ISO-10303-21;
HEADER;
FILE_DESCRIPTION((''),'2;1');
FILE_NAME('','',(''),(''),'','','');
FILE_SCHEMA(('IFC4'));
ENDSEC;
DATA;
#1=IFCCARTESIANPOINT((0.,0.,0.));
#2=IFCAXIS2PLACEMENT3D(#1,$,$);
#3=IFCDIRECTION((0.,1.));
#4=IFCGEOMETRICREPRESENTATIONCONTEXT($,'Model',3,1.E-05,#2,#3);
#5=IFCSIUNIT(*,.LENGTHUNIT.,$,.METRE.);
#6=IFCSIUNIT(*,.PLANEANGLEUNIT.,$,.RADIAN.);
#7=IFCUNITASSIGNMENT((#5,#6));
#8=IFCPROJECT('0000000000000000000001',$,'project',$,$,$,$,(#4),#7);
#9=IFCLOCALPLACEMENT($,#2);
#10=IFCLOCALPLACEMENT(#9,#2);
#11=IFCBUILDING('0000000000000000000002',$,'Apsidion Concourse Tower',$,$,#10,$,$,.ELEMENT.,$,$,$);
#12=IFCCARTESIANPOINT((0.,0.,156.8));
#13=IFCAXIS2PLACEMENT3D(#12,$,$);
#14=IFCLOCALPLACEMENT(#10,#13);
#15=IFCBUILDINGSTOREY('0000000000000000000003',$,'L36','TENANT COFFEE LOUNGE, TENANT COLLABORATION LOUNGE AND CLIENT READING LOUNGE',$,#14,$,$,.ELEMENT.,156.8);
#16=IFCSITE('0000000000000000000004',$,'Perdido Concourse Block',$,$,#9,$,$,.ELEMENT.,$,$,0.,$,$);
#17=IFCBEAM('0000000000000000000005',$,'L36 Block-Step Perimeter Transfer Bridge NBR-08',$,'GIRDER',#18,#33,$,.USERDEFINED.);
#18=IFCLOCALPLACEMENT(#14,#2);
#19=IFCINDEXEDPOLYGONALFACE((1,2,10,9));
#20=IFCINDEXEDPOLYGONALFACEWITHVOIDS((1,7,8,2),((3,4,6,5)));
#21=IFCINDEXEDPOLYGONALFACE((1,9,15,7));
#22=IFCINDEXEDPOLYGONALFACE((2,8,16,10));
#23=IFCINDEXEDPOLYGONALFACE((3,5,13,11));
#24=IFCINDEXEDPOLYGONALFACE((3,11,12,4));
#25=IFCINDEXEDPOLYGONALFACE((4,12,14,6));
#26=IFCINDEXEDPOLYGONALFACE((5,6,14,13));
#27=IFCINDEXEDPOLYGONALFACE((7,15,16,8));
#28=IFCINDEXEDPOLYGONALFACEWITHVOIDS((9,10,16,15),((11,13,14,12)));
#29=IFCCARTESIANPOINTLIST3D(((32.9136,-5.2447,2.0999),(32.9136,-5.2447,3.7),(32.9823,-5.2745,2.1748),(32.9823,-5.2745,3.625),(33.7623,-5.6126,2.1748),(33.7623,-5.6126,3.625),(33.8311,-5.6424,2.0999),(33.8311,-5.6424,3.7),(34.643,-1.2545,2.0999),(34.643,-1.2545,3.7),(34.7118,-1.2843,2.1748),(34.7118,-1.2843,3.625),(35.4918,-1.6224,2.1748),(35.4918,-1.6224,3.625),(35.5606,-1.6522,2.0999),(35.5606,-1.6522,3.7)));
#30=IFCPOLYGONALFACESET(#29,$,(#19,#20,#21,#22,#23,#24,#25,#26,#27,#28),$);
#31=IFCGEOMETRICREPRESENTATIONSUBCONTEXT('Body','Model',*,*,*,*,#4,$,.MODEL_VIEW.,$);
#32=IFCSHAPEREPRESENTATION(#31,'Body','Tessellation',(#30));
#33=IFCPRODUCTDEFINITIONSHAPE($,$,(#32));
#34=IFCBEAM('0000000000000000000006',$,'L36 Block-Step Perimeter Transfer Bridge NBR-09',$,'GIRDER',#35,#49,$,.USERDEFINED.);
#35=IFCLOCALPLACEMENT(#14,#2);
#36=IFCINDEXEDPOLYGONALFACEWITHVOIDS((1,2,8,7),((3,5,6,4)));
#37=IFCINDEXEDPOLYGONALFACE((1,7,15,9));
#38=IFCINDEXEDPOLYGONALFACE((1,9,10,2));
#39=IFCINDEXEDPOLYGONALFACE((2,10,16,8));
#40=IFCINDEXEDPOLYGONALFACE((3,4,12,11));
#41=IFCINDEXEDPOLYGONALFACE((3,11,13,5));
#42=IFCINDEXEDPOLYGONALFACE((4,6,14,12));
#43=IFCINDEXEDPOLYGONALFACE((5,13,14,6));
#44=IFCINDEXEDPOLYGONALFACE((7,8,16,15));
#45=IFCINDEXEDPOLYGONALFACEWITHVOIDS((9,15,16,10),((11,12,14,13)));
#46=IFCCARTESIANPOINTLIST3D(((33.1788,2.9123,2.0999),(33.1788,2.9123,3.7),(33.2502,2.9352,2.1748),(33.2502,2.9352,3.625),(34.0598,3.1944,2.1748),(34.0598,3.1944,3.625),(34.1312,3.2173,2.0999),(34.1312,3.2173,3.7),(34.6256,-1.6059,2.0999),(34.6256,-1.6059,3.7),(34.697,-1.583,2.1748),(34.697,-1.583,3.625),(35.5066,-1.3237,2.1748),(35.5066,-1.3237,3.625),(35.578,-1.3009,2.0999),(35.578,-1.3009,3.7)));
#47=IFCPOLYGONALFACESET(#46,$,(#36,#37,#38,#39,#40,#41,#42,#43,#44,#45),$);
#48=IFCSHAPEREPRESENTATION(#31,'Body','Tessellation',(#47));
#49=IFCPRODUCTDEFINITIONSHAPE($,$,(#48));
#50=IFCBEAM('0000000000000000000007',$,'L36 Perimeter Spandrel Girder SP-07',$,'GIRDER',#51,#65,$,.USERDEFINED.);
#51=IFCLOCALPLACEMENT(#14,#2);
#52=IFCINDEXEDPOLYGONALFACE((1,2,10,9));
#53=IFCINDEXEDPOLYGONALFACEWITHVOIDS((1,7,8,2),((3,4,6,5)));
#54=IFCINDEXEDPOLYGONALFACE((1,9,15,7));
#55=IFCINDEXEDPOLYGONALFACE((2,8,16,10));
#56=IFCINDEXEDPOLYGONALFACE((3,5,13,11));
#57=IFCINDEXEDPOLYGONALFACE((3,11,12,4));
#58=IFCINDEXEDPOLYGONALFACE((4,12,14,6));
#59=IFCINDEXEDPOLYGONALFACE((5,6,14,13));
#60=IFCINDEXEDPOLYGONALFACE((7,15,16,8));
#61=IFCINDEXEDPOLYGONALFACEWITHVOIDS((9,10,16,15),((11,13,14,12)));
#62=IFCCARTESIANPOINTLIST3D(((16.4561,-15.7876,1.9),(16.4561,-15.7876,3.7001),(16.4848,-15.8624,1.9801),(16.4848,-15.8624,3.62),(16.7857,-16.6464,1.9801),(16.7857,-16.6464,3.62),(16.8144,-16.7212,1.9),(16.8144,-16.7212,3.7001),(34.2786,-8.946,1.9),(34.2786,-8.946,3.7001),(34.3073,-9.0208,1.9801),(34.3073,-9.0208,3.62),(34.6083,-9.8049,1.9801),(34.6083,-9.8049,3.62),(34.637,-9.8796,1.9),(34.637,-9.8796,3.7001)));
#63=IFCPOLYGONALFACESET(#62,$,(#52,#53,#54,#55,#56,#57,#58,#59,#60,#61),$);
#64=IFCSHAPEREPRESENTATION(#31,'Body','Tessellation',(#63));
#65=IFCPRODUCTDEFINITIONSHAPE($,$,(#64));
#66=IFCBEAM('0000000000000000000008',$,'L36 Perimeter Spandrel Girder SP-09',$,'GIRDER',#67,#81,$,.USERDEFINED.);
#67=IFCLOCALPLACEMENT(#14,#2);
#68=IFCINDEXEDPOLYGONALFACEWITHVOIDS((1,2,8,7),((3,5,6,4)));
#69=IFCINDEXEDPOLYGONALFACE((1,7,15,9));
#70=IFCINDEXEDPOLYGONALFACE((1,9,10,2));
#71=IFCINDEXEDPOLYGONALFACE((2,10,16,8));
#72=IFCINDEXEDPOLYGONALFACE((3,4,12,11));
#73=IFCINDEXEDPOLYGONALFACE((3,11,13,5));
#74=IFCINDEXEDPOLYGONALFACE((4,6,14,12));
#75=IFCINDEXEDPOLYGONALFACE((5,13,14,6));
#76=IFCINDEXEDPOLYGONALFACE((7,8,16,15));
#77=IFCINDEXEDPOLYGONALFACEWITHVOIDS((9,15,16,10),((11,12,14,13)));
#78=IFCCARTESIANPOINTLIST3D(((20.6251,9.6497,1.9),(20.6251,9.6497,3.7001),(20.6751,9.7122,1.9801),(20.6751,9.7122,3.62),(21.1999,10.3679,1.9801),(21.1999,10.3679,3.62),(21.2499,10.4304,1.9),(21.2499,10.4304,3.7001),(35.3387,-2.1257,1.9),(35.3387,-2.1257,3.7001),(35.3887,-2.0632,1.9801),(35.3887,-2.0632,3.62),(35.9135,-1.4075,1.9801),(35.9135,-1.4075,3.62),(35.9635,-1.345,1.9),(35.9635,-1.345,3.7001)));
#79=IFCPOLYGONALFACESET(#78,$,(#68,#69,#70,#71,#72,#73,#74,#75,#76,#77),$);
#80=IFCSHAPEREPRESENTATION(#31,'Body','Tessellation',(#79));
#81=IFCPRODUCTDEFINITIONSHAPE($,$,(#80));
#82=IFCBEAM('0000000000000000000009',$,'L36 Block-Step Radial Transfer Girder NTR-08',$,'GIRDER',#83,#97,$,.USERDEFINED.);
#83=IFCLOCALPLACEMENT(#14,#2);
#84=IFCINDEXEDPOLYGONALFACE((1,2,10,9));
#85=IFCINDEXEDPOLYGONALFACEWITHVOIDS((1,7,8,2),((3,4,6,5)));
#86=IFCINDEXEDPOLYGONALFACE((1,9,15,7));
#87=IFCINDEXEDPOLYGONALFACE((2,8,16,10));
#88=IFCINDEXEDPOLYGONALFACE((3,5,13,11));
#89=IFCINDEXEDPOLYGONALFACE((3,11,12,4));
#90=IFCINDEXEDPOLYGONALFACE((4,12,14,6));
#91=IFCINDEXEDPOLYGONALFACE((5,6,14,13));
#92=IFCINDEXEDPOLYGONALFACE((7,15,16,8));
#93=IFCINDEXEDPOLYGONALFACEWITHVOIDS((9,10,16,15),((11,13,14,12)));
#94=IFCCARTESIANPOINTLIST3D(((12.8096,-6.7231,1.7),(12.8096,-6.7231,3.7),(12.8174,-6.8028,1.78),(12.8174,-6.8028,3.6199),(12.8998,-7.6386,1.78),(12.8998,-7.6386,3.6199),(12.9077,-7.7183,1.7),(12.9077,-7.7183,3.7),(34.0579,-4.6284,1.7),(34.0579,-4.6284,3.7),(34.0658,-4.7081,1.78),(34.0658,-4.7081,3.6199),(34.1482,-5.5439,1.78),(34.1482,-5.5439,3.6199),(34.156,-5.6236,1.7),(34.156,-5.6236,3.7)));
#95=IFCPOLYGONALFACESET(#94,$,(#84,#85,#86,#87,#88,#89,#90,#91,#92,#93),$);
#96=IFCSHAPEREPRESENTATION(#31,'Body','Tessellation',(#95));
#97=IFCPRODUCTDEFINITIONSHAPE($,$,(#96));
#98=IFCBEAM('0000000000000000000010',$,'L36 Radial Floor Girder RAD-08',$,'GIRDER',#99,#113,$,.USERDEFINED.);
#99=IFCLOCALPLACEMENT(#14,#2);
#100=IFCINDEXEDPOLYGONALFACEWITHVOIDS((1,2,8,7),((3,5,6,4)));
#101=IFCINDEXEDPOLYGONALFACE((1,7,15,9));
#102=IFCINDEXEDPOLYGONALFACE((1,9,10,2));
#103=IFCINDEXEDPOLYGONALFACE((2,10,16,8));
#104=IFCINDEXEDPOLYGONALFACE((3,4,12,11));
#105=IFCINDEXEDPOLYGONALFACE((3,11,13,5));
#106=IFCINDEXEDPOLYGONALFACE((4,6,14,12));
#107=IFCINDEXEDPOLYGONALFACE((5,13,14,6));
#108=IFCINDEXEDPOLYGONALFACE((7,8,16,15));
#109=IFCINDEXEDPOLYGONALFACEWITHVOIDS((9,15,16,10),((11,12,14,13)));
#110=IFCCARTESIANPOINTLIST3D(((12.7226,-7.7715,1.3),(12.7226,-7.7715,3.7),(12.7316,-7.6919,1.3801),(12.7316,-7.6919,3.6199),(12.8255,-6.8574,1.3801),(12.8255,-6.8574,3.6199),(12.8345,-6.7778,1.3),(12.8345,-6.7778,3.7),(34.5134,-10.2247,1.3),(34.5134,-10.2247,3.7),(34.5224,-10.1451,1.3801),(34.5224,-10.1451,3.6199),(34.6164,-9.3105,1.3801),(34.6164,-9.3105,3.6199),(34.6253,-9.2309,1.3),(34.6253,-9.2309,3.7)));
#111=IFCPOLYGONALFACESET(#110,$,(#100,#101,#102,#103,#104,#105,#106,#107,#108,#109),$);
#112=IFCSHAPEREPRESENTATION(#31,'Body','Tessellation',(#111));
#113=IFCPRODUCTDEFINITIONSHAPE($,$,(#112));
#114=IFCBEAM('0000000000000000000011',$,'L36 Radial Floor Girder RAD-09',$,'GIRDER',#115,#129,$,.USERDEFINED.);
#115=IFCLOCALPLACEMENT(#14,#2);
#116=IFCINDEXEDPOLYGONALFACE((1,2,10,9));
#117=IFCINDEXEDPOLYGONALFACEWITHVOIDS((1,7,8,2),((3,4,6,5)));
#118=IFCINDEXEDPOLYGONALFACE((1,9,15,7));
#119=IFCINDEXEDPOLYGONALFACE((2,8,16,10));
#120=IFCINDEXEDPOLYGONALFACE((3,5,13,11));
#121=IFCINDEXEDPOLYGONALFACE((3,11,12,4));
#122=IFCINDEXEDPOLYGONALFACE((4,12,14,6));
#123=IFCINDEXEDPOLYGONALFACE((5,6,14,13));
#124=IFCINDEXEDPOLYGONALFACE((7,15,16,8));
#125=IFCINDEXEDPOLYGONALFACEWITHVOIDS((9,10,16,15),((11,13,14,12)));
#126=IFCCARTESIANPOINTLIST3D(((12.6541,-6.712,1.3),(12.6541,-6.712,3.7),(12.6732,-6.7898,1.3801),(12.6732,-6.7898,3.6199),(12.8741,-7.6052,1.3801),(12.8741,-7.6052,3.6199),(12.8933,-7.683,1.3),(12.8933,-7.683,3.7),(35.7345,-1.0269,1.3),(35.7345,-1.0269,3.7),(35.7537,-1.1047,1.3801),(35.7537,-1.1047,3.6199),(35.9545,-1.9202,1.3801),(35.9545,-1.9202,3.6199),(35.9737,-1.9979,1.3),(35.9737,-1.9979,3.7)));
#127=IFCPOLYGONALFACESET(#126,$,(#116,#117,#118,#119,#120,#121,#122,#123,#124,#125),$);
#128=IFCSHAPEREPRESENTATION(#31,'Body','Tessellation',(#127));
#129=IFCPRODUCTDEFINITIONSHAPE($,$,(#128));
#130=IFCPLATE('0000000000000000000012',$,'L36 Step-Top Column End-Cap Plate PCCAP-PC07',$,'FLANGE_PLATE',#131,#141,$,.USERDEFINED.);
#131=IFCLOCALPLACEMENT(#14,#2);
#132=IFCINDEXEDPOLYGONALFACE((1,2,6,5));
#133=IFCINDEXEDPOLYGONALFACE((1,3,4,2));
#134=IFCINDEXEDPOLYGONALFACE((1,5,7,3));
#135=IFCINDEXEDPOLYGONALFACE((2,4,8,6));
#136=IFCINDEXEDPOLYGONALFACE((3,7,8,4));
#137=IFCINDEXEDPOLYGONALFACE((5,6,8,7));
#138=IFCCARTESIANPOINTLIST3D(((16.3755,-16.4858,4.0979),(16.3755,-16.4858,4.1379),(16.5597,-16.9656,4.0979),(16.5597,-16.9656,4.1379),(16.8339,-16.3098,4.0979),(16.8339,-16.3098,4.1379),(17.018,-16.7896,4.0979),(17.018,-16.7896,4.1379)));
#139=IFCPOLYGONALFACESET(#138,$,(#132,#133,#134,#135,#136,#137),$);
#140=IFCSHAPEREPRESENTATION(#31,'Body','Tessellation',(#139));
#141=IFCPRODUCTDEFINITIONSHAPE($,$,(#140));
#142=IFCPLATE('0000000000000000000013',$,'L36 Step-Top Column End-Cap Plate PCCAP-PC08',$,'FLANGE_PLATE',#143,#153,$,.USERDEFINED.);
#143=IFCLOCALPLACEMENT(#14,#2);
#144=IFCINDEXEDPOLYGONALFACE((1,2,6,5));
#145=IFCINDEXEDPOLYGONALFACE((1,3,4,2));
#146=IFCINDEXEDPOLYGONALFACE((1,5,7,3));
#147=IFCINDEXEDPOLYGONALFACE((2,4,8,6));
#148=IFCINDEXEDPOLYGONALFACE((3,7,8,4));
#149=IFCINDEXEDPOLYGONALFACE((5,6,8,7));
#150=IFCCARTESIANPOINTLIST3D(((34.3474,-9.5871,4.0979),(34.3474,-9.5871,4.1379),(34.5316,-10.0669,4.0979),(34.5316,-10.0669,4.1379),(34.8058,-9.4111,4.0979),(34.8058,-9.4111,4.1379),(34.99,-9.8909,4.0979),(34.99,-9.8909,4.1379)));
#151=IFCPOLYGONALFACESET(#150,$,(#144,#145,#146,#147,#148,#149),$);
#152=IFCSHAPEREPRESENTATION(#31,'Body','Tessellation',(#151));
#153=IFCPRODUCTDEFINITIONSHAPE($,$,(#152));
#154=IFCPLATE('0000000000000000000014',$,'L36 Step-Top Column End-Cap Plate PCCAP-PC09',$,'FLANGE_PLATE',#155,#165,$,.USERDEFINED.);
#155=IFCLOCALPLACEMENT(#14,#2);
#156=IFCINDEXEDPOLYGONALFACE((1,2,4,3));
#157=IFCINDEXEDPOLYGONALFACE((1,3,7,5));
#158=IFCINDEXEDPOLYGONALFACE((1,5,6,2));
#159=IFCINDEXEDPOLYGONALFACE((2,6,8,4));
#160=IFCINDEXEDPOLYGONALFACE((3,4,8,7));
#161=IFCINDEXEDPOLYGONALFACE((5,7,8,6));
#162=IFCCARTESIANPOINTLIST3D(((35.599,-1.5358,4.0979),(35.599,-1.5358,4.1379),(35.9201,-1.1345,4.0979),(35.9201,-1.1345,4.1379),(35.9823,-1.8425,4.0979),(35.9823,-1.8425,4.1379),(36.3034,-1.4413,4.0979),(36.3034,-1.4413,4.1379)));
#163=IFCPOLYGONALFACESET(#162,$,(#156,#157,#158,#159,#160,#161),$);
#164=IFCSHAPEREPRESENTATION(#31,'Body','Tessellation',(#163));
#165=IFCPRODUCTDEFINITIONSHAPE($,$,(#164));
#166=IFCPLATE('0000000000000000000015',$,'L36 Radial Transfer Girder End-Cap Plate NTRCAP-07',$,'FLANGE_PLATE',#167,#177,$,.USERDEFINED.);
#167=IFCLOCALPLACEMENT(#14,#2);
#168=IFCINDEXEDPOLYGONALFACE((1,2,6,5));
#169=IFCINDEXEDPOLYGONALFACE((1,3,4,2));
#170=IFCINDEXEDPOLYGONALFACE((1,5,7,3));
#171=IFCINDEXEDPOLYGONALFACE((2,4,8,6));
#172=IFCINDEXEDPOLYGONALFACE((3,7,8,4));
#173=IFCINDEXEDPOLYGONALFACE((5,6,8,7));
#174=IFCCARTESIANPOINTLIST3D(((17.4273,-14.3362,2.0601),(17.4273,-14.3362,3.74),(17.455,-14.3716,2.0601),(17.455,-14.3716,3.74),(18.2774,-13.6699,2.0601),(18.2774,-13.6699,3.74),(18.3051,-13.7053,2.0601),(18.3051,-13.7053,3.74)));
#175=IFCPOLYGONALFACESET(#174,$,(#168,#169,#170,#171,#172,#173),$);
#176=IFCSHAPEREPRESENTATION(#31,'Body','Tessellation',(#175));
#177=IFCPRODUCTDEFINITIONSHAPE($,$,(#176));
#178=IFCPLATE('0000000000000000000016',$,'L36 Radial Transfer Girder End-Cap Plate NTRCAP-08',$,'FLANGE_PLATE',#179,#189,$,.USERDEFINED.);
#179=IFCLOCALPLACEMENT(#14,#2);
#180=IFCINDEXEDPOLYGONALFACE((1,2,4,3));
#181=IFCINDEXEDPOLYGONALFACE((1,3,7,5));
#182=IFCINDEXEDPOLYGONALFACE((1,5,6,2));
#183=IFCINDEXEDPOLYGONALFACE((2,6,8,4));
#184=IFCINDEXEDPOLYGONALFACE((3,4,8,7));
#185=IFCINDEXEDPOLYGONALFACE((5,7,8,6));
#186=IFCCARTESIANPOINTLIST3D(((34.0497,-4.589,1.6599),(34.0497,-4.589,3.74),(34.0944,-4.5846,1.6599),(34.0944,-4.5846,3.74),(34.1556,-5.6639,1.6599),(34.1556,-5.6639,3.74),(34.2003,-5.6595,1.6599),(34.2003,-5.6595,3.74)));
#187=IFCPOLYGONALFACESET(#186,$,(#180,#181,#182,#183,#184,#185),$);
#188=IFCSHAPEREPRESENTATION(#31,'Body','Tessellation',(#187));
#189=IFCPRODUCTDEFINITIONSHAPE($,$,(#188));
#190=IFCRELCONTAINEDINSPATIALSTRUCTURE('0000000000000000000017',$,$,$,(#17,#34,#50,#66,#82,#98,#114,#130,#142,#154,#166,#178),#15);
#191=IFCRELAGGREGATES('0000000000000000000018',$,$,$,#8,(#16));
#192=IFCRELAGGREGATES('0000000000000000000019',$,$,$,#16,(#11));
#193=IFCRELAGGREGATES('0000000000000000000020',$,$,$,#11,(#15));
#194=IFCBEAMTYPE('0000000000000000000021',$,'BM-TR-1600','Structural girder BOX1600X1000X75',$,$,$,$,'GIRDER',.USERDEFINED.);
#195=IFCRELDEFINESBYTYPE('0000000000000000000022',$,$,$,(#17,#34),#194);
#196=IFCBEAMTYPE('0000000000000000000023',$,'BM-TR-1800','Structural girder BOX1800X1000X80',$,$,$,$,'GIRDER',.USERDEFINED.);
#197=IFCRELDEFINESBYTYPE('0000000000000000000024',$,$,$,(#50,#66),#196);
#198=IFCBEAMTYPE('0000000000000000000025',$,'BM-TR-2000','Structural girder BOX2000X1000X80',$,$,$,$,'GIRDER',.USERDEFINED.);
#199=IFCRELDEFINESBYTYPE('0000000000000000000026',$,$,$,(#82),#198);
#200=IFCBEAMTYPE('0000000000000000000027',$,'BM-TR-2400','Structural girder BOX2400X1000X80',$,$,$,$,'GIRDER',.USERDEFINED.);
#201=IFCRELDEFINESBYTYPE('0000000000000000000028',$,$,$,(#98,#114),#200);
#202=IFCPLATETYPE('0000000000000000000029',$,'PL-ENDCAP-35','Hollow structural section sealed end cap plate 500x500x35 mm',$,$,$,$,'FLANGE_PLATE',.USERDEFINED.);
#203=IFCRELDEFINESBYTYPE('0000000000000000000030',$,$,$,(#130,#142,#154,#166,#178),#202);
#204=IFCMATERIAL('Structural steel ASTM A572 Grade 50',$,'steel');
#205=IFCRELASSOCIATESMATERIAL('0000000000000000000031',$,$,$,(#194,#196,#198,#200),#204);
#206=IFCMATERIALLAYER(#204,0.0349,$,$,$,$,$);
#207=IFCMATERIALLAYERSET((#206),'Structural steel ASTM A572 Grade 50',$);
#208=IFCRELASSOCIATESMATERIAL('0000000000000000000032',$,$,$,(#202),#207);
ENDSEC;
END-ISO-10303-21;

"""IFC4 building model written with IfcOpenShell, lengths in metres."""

from ifc_helpers import new_model, si_unit, direction, frame, origin, origin_2d, place, context, subcontext, project, spatial, rectangle, hollow_rectangle, extrude, material, layer, layer_set, material_profile, profile_set, type_object, element, save


model = new_model("IFC4")

# Units and contexts
model_context = context("Model", 3, precision=1e-05, world=origin(), true_north=direction((0.0, 1.0)))
body_context = subcontext(model_context, "Body", "Model", "MODEL_VIEW")
ifc_project = project(units=[si_unit("LENGTHUNIT", "METRE"), si_unit("PLANEANGLEUNIT", "RADIAN")], contexts=[model_context])

# Site, building, storey
site_placement = place(None, origin())
site = spatial("IfcSite", under=ifc_project, at=site_placement, Name="Perdido Concourse Block", CompositionType="ELEMENT", RefElevation=0.0)
building_placement = place(site_placement, origin())
building = spatial("IfcBuilding", under=site, at=building_placement, Name="Apsidion Concourse Tower", CompositionType="ELEMENT")
storey_placement = place(building_placement, frame((0.0, 0.0, 156.8)))
storey = spatial("IfcBuildingStorey", under=building, at=storey_placement, Name="L36", Description="TENANT COFFEE LOUNGE, TENANT COLLABORATION LOUNGE AND CLIENT READING LOUNGE", CompositionType="ELEMENT", Elevation=156.8)

# Beams
ifc_material_1 = material(Name="Structural steel ASTM A572 Grade 50", Category="steel")
ifc_material_profile_1 = material_profile(ifc_material_1, hollow_rectangle(XDim=1.0, YDim=1.6001, WallThickness=0.075, at=origin_2d()), Name="BOX1600X1000X75")
ifc_profile_set_1 = profile_set([ifc_material_profile_1], Name="Structural steel ASTM A572 Grade 50")
beam_type_1 = type_object("IfcBeamType", Name="BM-TR-1600", Description="Structural girder BOX1600X1000X75", ElementType="GIRDER", PredefinedType="USERDEFINED", material=ifc_profile_set_1)
beam_1_placement = place(storey_placement, frame((35.1018, -1.4534, 2.8999), z_axis=(-0.397683, -0.917523, 0.0), x_axis=(0.917523, -0.397683, 0.0)))
element("IfcBeam", 1, at=beam_1_placement, inside=storey, type_object=beam_type_1, Name="L36 Block-Step Perimeter Transfer Bridge NBR-08", ObjectType="GIRDER", PredefinedType="USERDEFINED", context=body_context, shape_type="SweptSolid", body=[
    extrude(hollow_rectangle(XDim=1.0, YDim=1.6001, WallThickness=0.075, at=origin_2d()), origin(), (0.0, 0.0, 1.0), 4.3489),
])
beam_2_placement = place(storey_placement, frame((35.1018, -1.4534, 2.8999), z_axis=(-0.304966, 0.952363, 0.0), x_axis=(-0.952363, -0.304966, 0.0)))
element("IfcBeam", 2, at=beam_2_placement, inside=storey, type_object=beam_type_1, Name="L36 Block-Step Perimeter Transfer Bridge NBR-09", ObjectType="GIRDER", PredefinedType="USERDEFINED", context=body_context, shape_type="SweptSolid", body=[
    extrude(hollow_rectangle(XDim=1.0, YDim=1.6001, WallThickness=0.075, at=origin_2d()), origin(), (0.0, 0.0, 1.0), 4.7441),
])
ifc_material_profile_2 = material_profile(ifc_material_1, hollow_rectangle(XDim=1.0, YDim=1.8, WallThickness=0.0801, at=origin_2d()), Name="BOX1800X1000X80")
ifc_profile_set_2 = profile_set([ifc_material_profile_2], Name="Structural steel ASTM A572 Grade 50")
beam_type_2 = type_object("IfcBeamType", Name="BM-TR-1800", Description="Structural girder BOX1800X1000X80", ElementType="GIRDER", PredefinedType="USERDEFINED", material=ifc_profile_set_2)
beam_3_placement = place(storey_placement, frame((16.6353, -16.2544, 2.8), z_axis=(0.933578, 0.358374, 0.0), x_axis=(-0.358374, 0.933578, 0.0)))
element("IfcBeam", 3, at=beam_3_placement, inside=storey, type_object=beam_type_2, Name="L36 Perimeter Spandrel Girder SP-07", ObjectType="GIRDER", PredefinedType="USERDEFINED", context=body_context, shape_type="SweptSolid", body=[
    extrude(hollow_rectangle(XDim=1.0, YDim=1.8, WallThickness=0.0801, at=origin_2d()), origin(), (0.0, 0.0, 1.0), 19.0906),
])
beam_4_placement = place(storey_placement, frame((35.6511, -1.7354, 2.8), z_axis=(-0.780753, 0.62484, 0.0), x_axis=(-0.62484, -0.780753, 0.0)))
element("IfcBeam", 4, at=beam_4_placement, inside=storey, type_object=beam_type_2, Name="L36 Perimeter Spandrel Girder SP-09", ObjectType="GIRDER", PredefinedType="USERDEFINED", context=body_context, shape_type="SweptSolid", body=[
    extrude(hollow_rectangle(XDim=1.0, YDim=1.8, WallThickness=0.0801, at=origin_2d()), origin(), (0.0, 0.0, 1.0), 18.8455),
])
ifc_material_profile_3 = material_profile(ifc_material_1, hollow_rectangle(XDim=1.0, YDim=2.0, WallThickness=0.0801, at=origin_2d()), Name="BOX2000X1000X80")
ifc_profile_set_3 = profile_set([ifc_material_profile_3], Name="Structural steel ASTM A572 Grade 50")
beam_type_3 = type_object("IfcBeamType", Name="BM-TR-2000", Description="Structural girder BOX2000X1000X80", ElementType="GIRDER", PredefinedType="USERDEFINED", material=ifc_profile_set_3)
beam_5_placement = place(storey_placement, frame((12.8586, -7.2207, 2.7), z_axis=(0.995176, 0.098108, 0.0), x_axis=(-0.098108, 0.995176, 0.0)))
element("IfcBeam", 5, at=beam_5_placement, inside=storey, type_object=beam_type_3, Name="L36 Block-Step Radial Transfer Girder NTR-08", ObjectType="GIRDER", PredefinedType="USERDEFINED", context=body_context, shape_type="SweptSolid", body=[
    extrude(hollow_rectangle(XDim=1.0, YDim=2.0, WallThickness=0.0801, at=origin_2d()), origin(), (0.0, 0.0, 1.0), 21.3513),
])
ifc_material_profile_4 = material_profile(ifc_material_1, hollow_rectangle(XDim=1.0, YDim=2.3999, WallThickness=0.0801, at=origin_2d()), Name="BOX2400X1000X80")
ifc_profile_set_4 = profile_set([ifc_material_profile_4], Name="Structural steel ASTM A572 Grade 50")
beam_type_4 = type_object("IfcBeamType", Name="BM-TR-2400", Description="Structural girder BOX2400X1000X80", ElementType="GIRDER", PredefinedType="USERDEFINED", material=ifc_profile_set_4)
beam_6_placement = place(storey_placement, frame((12.7786, -7.2747, 2.5), z_axis=(0.993723, -0.11187, 0.0), x_axis=(0.11187, 0.993723, 0.0)))
element("IfcBeam", 6, at=beam_6_placement, inside=storey, type_object=beam_type_4, Name="L36 Radial Floor Girder RAD-08", ObjectType="GIRDER", PredefinedType="USERDEFINED", context=body_context, shape_type="SweptSolid", body=[
    extrude(hollow_rectangle(XDim=1.0, YDim=2.3999, WallThickness=0.0801, at=origin_2d()), origin(), (0.0, 0.0, 1.0), 21.9285),
])
beam_7_placement = place(storey_placement, frame((12.7737, -7.1975, 2.5), z_axis=(0.970978, 0.239168, 0.0), x_axis=(-0.239168, 0.970978, 0.0)))
element("IfcBeam", 7, at=beam_7_placement, inside=storey, type_object=beam_type_4, Name="L36 Radial Floor Girder RAD-09", ObjectType="GIRDER", PredefinedType="USERDEFINED", context=body_context, shape_type="SweptSolid", body=[
    extrude(hollow_rectangle(XDim=1.0, YDim=2.3999, WallThickness=0.0801, at=origin_2d()), origin(), (0.0, 0.0, 1.0), 23.7703),
])

# Plates
ifc_layer_1 = layer(ifc_material_1, 0.0349)
ifc_layer_set_1 = layer_set([ifc_layer_1], Name="Structural steel ASTM A572 Grade 50")
plate_type = type_object("IfcPlateType", Name="PL-ENDCAP-35", Description="Hollow structural section sealed end cap plate 500x500x35 mm", ElementType="FLANGE_PLATE", PredefinedType="USERDEFINED", material=ifc_layer_set_1)
for number, where, z_axis, x_axis, name in (
    (8, (16.6968, -16.6377, 4.0979), (0.0, 0.0, 1.0), (0.93358, 0.358368, 0.0), "L36 Step-Top Column End-Cap Plate PCCAP-PC07"),
    (9, (34.6687, -9.739, 4.0979), (0.0, 0.0, 1.0), (0.93358, 0.358368, 0.0), "L36 Step-Top Column End-Cap Plate PCCAP-PC08"),
    (10, (35.9512, -1.4885, 4.0979), (0.0, 0.0, 1.0), (-0.780758, 0.624834, 0.0), "L36 Step-Top Column End-Cap Plate PCCAP-PC09"),
):
    element("IfcPlate", number, at=place(storey_placement, frame(where, z_axis=z_axis, x_axis=x_axis)), inside=storey, type_object=plate_type, Name=name, ObjectType="FLANGE_PLATE", PredefinedType="USERDEFINED", context=body_context, shape_type="SweptSolid", body=[
        extrude(rectangle(XDim=0.491, YDim=0.5139, at=origin_2d()), origin(), (0.0, 0.0, 1.0), 0.04),
    ])
plate_1_placement = place(storey_placement, frame((17.8662, -14.0208, 2.0601), z_axis=(0.0, 0.0, 1.0), x_axis=(0.616899, -0.787043, 0.0)))
element("IfcPlate", 11, at=plate_1_placement, inside=storey, type_object=plate_type, Name="L36 Radial Transfer Girder End-Cap Plate NTRCAP-07", ObjectType="FLANGE_PLATE", PredefinedType="USERDEFINED", context=body_context, shape_type="SweptSolid", body=[
    extrude(rectangle(XDim=0.0449, YDim=1.0801, at=origin_2d()), origin(), (0.0, 0.0, 1.0), 1.6799),
])
plate_2_placement = place(storey_placement, frame((34.125, -5.1243, 1.6599), z_axis=(0.0, 0.0, 1.0), x_axis=(0.995176, 0.098104, 0.0)))
element("IfcPlate", 12, at=plate_2_placement, inside=storey, type_object=plate_type, Name="L36 Radial Transfer Girder End-Cap Plate NTRCAP-08", ObjectType="FLANGE_PLATE", PredefinedType="USERDEFINED", context=body_context, shape_type="SweptSolid", body=[
    extrude(rectangle(XDim=0.0449, YDim=1.0801, at=origin_2d()), origin(), (0.0, 0.0, 1.0), 2.0801),
])

save(model, "model.ifc")
